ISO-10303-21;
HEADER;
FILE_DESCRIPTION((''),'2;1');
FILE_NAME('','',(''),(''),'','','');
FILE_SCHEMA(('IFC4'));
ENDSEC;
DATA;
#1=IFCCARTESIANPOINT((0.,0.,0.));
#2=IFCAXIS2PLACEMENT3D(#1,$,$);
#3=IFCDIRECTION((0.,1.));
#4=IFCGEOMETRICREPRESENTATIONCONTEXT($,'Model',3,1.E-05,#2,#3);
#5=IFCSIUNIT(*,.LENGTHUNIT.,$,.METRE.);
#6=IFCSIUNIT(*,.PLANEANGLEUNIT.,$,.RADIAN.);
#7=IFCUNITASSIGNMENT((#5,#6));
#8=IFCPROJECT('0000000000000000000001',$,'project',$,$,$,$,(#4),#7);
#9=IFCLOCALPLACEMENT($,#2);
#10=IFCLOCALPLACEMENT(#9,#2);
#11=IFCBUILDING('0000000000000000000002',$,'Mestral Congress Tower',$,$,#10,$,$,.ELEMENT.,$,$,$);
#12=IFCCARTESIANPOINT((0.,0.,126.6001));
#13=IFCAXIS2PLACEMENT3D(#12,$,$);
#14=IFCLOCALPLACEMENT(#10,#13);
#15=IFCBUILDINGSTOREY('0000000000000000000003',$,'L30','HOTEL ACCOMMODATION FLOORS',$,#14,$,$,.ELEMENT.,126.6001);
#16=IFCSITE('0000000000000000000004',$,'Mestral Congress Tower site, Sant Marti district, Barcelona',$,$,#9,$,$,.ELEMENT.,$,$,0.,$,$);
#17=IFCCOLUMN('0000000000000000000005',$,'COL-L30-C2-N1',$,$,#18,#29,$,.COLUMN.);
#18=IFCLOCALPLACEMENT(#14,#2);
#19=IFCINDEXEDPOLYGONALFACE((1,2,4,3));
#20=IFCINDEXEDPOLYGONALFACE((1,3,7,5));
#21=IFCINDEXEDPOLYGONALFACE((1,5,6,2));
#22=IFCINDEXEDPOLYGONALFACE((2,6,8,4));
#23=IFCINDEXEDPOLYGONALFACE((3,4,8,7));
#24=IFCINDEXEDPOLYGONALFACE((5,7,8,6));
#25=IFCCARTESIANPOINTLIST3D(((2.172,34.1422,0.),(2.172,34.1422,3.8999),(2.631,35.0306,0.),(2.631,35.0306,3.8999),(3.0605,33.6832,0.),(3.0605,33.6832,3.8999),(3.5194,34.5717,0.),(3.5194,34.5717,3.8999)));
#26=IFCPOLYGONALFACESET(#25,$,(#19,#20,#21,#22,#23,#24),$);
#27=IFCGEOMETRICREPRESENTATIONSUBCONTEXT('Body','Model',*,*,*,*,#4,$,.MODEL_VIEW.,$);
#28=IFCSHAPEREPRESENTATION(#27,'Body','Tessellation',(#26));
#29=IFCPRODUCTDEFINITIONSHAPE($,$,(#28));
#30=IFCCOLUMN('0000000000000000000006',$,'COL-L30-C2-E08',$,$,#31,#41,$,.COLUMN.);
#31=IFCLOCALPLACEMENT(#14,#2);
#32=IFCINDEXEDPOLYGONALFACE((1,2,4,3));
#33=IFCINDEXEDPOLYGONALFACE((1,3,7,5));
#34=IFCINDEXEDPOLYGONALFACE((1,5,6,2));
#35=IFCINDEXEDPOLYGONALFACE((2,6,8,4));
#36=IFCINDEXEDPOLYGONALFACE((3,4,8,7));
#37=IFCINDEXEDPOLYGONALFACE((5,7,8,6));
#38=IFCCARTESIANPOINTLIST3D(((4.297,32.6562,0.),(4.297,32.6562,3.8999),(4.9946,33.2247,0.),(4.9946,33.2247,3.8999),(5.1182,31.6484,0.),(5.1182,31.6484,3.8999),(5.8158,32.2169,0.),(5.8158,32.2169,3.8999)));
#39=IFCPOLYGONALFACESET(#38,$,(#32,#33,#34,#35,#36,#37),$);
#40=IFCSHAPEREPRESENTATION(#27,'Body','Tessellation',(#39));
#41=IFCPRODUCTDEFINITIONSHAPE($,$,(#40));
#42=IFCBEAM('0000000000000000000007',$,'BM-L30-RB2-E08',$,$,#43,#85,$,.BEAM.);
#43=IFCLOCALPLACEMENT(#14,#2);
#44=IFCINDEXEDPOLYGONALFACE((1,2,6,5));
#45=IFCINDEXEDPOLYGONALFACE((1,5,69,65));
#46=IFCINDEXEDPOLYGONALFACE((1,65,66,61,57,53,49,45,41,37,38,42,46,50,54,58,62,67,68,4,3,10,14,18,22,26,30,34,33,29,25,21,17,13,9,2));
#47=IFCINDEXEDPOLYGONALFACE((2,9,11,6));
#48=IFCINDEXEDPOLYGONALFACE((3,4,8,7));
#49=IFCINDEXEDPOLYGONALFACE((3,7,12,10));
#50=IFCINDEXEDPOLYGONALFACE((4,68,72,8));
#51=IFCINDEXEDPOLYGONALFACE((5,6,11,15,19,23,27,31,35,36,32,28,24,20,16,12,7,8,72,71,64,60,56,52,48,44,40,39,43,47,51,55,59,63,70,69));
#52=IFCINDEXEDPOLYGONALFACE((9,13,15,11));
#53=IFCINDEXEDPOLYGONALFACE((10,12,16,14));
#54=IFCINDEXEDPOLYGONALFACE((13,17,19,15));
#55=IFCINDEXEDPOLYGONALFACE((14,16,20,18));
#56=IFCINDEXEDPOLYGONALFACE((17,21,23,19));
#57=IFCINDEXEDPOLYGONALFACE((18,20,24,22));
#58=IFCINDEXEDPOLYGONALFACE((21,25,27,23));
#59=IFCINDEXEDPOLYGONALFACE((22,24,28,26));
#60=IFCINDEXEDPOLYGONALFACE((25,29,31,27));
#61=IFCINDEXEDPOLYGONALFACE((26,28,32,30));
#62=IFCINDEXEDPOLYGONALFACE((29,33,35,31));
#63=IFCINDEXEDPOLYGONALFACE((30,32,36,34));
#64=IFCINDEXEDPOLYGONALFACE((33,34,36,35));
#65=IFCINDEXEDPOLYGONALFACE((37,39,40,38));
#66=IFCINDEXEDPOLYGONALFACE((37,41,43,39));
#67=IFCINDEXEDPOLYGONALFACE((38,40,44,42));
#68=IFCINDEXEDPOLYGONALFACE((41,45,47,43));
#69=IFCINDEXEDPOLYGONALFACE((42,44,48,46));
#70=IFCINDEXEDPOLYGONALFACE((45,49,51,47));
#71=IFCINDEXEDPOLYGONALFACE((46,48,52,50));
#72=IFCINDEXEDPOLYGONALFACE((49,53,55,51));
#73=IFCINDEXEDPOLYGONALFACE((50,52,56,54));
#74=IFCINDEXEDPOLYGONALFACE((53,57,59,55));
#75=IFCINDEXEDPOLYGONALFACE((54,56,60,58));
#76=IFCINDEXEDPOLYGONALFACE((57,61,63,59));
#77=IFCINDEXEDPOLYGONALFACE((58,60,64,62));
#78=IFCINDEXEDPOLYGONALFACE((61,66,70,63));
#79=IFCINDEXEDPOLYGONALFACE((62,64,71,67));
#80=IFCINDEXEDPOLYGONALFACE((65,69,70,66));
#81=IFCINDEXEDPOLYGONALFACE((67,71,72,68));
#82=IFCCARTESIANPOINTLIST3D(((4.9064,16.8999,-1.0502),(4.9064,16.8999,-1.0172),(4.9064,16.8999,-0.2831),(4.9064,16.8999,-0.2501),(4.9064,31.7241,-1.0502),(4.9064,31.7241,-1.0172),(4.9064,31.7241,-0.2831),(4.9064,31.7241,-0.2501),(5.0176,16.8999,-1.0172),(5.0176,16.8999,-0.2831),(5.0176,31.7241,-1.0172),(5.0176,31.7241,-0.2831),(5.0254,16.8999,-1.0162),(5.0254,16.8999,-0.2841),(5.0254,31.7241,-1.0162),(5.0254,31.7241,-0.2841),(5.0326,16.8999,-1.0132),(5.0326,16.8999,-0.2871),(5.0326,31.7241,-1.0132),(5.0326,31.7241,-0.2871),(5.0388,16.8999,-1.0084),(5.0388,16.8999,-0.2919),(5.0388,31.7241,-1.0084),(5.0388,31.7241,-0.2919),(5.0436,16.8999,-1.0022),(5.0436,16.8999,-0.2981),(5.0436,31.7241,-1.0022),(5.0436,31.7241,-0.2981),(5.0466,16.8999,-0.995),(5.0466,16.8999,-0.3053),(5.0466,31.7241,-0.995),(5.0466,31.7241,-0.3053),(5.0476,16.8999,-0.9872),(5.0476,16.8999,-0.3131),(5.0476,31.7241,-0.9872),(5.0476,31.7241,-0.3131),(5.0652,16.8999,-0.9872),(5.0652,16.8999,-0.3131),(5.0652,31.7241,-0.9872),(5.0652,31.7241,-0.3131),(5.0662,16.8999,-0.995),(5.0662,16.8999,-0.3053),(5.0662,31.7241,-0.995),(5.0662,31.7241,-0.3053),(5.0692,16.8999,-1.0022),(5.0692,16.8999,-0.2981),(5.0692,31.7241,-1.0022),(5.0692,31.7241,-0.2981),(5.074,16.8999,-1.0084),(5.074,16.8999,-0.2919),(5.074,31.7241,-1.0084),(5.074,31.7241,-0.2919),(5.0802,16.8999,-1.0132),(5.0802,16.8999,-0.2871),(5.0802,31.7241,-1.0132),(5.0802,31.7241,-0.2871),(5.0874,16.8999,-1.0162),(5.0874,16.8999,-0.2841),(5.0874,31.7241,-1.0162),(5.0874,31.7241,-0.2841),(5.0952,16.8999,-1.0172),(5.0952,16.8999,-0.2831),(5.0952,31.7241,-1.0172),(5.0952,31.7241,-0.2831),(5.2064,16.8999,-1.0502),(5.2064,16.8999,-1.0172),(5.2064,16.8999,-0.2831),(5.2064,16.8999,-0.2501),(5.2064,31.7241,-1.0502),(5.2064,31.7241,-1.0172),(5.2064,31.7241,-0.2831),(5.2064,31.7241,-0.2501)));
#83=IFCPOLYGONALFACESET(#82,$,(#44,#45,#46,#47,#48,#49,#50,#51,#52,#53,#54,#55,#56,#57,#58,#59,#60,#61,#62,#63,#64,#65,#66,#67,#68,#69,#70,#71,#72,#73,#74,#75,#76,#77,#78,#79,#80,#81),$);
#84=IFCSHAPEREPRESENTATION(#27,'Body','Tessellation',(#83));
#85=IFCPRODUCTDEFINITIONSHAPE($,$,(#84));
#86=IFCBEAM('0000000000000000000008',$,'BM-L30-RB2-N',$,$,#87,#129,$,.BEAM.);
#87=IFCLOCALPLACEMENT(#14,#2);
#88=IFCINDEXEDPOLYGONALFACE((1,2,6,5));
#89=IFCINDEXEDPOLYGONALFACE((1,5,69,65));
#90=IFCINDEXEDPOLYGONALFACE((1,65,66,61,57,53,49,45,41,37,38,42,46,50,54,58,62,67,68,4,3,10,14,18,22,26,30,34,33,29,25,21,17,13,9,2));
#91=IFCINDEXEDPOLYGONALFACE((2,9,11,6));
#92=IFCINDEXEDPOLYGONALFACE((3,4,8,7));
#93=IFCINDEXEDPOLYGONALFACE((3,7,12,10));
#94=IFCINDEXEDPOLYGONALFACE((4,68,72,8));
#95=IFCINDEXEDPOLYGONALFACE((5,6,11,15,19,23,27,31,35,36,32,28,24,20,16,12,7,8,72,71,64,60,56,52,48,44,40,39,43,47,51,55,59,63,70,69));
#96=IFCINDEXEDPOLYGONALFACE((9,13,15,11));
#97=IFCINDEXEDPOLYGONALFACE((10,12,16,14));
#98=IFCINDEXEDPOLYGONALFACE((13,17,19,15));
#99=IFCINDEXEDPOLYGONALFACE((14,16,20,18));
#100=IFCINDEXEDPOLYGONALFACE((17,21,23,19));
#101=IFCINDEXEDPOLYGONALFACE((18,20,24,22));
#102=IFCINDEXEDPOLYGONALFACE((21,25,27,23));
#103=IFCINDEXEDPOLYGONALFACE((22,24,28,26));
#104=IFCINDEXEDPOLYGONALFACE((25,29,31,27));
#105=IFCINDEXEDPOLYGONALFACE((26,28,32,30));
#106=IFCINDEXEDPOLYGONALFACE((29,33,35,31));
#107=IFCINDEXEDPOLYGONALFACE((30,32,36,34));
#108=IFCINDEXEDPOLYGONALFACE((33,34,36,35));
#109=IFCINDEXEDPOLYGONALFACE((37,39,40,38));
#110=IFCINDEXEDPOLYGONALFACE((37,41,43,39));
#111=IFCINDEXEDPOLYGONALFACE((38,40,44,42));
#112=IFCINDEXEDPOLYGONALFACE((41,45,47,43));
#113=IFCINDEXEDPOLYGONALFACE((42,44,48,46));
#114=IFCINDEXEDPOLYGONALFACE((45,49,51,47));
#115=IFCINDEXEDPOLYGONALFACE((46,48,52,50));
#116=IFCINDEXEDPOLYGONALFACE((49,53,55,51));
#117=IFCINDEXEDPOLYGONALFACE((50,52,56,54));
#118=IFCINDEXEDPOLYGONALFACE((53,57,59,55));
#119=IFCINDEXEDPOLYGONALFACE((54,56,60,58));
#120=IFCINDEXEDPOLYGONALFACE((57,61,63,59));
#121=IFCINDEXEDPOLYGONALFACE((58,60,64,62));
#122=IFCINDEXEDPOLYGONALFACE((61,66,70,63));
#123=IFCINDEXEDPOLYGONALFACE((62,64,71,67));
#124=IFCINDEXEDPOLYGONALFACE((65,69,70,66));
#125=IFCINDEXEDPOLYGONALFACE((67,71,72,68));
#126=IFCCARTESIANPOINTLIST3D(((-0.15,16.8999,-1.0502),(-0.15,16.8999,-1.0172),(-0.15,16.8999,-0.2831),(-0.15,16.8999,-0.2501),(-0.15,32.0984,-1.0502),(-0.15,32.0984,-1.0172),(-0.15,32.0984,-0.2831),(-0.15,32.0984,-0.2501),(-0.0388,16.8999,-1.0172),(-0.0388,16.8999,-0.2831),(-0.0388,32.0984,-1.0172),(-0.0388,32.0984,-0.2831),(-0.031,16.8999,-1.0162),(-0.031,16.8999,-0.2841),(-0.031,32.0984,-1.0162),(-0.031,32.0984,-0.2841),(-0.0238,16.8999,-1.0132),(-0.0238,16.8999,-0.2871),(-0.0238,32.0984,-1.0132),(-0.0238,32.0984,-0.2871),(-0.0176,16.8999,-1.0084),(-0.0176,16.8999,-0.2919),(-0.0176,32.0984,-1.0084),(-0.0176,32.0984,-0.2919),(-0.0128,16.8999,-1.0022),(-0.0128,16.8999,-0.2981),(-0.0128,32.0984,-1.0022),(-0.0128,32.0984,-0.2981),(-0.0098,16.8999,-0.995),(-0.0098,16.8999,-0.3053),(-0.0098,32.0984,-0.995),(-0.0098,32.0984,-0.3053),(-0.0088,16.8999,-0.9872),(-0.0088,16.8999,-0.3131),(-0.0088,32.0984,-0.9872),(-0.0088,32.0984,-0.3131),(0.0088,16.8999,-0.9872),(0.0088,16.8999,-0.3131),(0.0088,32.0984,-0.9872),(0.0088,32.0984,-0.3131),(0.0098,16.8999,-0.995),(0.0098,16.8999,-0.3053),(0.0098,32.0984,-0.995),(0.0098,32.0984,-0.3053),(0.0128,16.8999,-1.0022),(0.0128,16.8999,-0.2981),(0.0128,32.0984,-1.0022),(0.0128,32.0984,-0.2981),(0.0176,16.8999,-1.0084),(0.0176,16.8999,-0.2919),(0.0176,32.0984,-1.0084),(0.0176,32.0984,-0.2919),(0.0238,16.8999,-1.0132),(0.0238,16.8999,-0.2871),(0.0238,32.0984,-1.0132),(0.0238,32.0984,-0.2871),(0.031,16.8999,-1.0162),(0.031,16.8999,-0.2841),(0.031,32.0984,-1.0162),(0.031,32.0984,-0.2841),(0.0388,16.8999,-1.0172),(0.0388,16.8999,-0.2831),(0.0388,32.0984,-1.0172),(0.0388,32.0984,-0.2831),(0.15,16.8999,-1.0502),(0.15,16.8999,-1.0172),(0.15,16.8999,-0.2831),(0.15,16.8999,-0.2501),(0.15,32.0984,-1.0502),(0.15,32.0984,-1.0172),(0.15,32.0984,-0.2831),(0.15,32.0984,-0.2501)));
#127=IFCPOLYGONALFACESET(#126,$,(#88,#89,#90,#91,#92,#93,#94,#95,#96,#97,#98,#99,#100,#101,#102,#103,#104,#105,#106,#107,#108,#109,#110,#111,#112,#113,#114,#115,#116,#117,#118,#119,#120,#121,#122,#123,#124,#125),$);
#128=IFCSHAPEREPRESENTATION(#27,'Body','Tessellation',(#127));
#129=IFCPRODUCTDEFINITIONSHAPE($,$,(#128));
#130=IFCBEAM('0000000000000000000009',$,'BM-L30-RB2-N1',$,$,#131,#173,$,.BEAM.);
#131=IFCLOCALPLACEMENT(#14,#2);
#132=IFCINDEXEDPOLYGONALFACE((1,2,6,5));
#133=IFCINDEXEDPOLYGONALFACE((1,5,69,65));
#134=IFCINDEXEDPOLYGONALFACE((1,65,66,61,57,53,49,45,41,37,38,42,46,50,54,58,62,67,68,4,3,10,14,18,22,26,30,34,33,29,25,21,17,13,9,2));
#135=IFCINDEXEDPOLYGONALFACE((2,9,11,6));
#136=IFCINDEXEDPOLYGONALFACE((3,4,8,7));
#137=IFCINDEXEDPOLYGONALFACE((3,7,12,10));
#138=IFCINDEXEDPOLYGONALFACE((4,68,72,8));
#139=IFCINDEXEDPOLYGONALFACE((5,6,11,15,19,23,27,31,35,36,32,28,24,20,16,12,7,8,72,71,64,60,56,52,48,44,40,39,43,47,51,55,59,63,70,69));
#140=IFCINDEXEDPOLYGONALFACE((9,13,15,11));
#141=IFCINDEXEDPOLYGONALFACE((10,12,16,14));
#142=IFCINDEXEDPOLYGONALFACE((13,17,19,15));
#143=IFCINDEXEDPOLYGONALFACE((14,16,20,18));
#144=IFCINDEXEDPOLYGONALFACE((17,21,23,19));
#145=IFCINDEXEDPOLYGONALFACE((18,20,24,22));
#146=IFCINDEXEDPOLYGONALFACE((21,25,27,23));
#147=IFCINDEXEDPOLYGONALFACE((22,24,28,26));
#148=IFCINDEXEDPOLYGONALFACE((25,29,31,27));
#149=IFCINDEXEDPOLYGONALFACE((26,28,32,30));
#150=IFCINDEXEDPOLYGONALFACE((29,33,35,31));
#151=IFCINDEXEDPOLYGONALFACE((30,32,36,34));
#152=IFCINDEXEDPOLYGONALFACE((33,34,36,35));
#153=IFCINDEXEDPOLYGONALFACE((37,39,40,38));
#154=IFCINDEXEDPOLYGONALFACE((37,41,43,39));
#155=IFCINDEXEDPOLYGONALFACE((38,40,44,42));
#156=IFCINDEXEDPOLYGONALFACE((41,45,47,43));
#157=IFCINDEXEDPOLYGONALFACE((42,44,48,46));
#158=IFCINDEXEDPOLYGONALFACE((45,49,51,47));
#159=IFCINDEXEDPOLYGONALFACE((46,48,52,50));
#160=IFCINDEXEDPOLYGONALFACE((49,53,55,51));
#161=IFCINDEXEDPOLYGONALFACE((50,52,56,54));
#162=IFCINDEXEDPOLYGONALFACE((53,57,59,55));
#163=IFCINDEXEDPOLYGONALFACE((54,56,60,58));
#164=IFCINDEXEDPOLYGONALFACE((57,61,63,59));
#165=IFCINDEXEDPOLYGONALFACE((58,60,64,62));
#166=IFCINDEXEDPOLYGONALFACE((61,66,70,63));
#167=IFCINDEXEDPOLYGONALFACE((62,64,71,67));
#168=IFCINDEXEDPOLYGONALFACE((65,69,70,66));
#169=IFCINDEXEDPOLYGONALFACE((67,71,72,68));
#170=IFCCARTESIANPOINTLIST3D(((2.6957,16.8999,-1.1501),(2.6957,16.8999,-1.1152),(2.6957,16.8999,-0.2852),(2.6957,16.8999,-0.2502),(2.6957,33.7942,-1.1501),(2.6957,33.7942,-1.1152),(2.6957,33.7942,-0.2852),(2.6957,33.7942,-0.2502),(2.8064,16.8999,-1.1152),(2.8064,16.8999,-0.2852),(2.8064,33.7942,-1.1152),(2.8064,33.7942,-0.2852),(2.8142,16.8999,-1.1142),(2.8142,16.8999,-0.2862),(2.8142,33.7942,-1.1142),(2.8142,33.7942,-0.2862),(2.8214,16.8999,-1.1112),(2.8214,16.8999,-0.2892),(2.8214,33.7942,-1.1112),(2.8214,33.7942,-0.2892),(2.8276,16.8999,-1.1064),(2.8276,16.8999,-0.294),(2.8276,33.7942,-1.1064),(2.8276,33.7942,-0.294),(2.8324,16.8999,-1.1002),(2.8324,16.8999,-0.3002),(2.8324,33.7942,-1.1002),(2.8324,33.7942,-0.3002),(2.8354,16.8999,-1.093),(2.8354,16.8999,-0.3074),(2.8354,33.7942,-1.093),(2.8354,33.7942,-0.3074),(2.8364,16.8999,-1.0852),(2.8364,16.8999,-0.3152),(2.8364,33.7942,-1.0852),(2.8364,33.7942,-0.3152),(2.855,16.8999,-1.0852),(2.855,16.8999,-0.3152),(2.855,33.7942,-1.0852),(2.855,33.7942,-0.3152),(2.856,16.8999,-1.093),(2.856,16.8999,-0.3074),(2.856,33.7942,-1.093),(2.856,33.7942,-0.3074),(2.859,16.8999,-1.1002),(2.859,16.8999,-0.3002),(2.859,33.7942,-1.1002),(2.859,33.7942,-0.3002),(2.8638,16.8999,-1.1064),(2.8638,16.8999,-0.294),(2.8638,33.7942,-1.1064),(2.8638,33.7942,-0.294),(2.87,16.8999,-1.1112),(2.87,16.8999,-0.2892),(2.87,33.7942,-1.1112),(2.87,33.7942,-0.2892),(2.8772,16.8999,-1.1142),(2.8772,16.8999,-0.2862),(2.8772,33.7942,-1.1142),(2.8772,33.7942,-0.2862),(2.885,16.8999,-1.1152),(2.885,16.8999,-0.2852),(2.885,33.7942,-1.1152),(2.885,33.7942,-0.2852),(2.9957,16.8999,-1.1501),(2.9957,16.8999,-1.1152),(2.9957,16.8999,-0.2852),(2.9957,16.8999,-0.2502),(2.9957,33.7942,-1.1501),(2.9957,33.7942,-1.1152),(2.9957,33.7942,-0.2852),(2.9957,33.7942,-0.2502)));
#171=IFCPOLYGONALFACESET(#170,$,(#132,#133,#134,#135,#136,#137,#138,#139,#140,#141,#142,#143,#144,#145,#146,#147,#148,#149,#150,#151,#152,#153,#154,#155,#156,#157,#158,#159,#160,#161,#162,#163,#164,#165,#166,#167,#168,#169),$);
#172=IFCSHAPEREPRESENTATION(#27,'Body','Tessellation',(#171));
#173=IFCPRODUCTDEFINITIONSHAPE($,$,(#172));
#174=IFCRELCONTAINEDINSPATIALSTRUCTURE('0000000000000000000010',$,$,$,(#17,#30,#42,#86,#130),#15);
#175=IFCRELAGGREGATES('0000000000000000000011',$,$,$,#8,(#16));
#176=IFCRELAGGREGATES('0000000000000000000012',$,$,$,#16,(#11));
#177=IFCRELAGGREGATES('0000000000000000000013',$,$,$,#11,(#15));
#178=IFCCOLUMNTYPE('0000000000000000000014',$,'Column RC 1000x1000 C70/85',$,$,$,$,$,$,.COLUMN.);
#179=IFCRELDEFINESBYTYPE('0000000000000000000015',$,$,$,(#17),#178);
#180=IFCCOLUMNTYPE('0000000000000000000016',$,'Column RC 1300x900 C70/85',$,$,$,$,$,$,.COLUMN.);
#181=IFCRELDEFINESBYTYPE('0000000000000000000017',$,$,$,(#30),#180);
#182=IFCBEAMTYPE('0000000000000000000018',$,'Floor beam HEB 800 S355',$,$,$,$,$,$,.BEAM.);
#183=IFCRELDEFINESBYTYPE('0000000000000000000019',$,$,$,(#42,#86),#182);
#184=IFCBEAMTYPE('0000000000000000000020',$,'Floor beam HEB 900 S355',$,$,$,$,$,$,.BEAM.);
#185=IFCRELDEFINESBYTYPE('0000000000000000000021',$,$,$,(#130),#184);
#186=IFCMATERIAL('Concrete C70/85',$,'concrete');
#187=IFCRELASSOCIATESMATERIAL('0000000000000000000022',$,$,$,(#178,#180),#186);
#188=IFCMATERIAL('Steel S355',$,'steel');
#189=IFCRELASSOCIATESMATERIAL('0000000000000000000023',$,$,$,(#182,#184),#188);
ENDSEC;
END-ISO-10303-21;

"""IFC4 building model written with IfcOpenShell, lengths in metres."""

from ifc_helpers import new_model, si_unit, direction, frame, origin, origin_2d, place, context, subcontext, project, spatial, rectangle, i_section, extrude, material, material_profile, profile_set, type_object, element, save


model = new_model("IFC4")

# Units and contexts
model_context = context("Model", 3, precision=1e-05, world=origin(), true_north=direction((0.0, 1.0)))
body_context = subcontext(model_context, "Body", "Model", "MODEL_VIEW")
ifc_project = project(units=[si_unit("LENGTHUNIT", "METRE"), si_unit("PLANEANGLEUNIT", "RADIAN")], contexts=[model_context])

# Site, building, storey
site_placement = place(None, origin())
site = spatial("IfcSite", under=ifc_project, at=site_placement, Name="Mestral Congress Tower site, Sant Marti district, Barcelona", CompositionType="ELEMENT", RefElevation=0.0)
building_placement = place(site_placement, origin())
building = spatial("IfcBuilding", under=site, at=building_placement, Name="Mestral Congress Tower", CompositionType="ELEMENT")
storey_placement = place(building_placement, frame((0.0, 0.0, 126.6001)))
storey = spatial("IfcBuildingStorey", under=building, at=storey_placement, Name="L30", Description="HOTEL ACCOMMODATION FLOORS", CompositionType="ELEMENT", Elevation=126.6001)

# Columns
ifc_material_1 = material(Name="Concrete C70/85", Category="concrete")
ifc_material_profile_1 = material_profile(ifc_material_1, rectangle(XDim=1.0, YDim=1.0, at=origin_2d()), Name="RC 1000x1000")
ifc_profile_set_1 = profile_set([ifc_material_profile_1], Name="Concrete C70/85")
column_type_1 = type_object("IfcColumnType", Name="Column RC 1000x1000 C70/85", PredefinedType="COLUMN", material=ifc_profile_set_1)
column_1_placement = place(storey_placement, frame((2.8457, 34.3569, 0.0), z_axis=(0.0, 0.0, 1.0), x_axis=(-0.888456, 0.458961, 0.0)))
element("IfcColumn", 1, at=column_1_placement, inside=storey, type_object=column_type_1, Name="COL-L30-C2-N1", PredefinedType="COLUMN", context=body_context, shape_type="SweptSolid", body=[
    extrude(rectangle(XDim=1.0, YDim=1.0, at=origin_2d()), origin(), (0.0, 0.0, 1.0), 3.8999),
])
ifc_material_profile_2 = material_profile(ifc_material_1, rectangle(XDim=1.3, YDim=0.8999, at=origin_2d()), Name="RC 1300x900")
ifc_profile_set_2 = profile_set([ifc_material_profile_2], Name="Concrete C70/85")
column_type_2 = type_object("IfcColumnType", Name="Column RC 1300x900 C70/85", PredefinedType="COLUMN", material=ifc_profile_set_2)
column_2_placement = place(storey_placement, frame((5.0564, 32.4365, 0.0), z_axis=(0.0, 0.0, 1.0), x_axis=(-0.631709, 0.775206, 0.0)))
element("IfcColumn", 2, at=column_2_placement, inside=storey, type_object=column_type_2, Name="COL-L30-C2-E08", PredefinedType="COLUMN", context=body_context, shape_type="SweptSolid", body=[
    extrude(rectangle(XDim=1.3, YDim=0.8999, at=origin_2d()), origin(), (0.0, 0.0, 1.0), 3.8999),
])

# Beams
ifc_material_2 = material(Name="Steel S355", Category="steel")
ifc_material_profile_3 = material_profile(ifc_material_2, i_section(OverallWidth=0.3, OverallDepth=0.8, WebThickness=0.0176, FlangeThickness=0.033, FilletRadius=0.03, at=origin_2d()), Name="HEB 800")
ifc_profile_set_3 = profile_set([ifc_material_profile_3], Name="Steel S355")
beam_type_1 = type_object("IfcBeamType", Name="Floor beam HEB 800 S355", PredefinedType="BEAM", material=ifc_profile_set_3)
beam_1_placement = place(storey_placement, frame((5.0564, 31.7241, -0.6501), z_axis=(0.0, -1.0, 0.0), x_axis=(1.0, 0.0, 0.0)))
element("IfcBeam", 3, at=beam_1_placement, inside=storey, type_object=beam_type_1, Name="BM-L30-RB2-E08", PredefinedType="BEAM", context=body_context, shape_type="SweptSolid", body=[
    extrude(i_section(OverallWidth=0.3, OverallDepth=0.8, WebThickness=0.0176, FlangeThickness=0.033, FilletRadius=0.03, at=origin_2d()), origin(), (0.0, 0.0, 1.0), 14.8242),
])
beam_2_placement = place(storey_placement, frame((0.0, 32.0984, -0.6501), z_axis=(0.0, -1.0, 0.0), x_axis=(1.0, 0.0, 0.0)))
element("IfcBeam", 4, at=beam_2_placement, inside=storey, type_object=beam_type_1, Name="BM-L30-RB2-N", PredefinedType="BEAM", context=body_context, shape_type="SweptSolid", body=[
    extrude(i_section(OverallWidth=0.3, OverallDepth=0.8, WebThickness=0.0176, FlangeThickness=0.033, FilletRadius=0.03, at=origin_2d()), origin(), (0.0, 0.0, 1.0), 15.1985),
])
ifc_material_profile_4 = material_profile(ifc_material_2, i_section(OverallWidth=0.3, OverallDepth=0.8999, WebThickness=0.0186, FlangeThickness=0.0349, FilletRadius=0.03, at=origin_2d()), Name="HEB 900")
ifc_profile_set_4 = profile_set([ifc_material_profile_4], Name="Steel S355")
beam_type_2 = type_object("IfcBeamType", Name="Floor beam HEB 900 S355", PredefinedType="BEAM", material=ifc_profile_set_4)
beam_3_placement = place(storey_placement, frame((2.8457, 33.7942, -0.7002), z_axis=(0.0, -1.0, 0.0), x_axis=(1.0, 0.0, 0.0)))
element("IfcBeam", 5, at=beam_3_placement, inside=storey, type_object=beam_type_2, Name="BM-L30-RB2-N1", PredefinedType="BEAM", context=body_context, shape_type="SweptSolid", body=[
    extrude(i_section(OverallWidth=0.3, OverallDepth=0.8999, WebThickness=0.0186, FlangeThickness=0.0349, FilletRadius=0.03, at=origin_2d()), origin(), (0.0, 0.0, 1.0), 16.8943),
])

save(model, "model.ifc")
